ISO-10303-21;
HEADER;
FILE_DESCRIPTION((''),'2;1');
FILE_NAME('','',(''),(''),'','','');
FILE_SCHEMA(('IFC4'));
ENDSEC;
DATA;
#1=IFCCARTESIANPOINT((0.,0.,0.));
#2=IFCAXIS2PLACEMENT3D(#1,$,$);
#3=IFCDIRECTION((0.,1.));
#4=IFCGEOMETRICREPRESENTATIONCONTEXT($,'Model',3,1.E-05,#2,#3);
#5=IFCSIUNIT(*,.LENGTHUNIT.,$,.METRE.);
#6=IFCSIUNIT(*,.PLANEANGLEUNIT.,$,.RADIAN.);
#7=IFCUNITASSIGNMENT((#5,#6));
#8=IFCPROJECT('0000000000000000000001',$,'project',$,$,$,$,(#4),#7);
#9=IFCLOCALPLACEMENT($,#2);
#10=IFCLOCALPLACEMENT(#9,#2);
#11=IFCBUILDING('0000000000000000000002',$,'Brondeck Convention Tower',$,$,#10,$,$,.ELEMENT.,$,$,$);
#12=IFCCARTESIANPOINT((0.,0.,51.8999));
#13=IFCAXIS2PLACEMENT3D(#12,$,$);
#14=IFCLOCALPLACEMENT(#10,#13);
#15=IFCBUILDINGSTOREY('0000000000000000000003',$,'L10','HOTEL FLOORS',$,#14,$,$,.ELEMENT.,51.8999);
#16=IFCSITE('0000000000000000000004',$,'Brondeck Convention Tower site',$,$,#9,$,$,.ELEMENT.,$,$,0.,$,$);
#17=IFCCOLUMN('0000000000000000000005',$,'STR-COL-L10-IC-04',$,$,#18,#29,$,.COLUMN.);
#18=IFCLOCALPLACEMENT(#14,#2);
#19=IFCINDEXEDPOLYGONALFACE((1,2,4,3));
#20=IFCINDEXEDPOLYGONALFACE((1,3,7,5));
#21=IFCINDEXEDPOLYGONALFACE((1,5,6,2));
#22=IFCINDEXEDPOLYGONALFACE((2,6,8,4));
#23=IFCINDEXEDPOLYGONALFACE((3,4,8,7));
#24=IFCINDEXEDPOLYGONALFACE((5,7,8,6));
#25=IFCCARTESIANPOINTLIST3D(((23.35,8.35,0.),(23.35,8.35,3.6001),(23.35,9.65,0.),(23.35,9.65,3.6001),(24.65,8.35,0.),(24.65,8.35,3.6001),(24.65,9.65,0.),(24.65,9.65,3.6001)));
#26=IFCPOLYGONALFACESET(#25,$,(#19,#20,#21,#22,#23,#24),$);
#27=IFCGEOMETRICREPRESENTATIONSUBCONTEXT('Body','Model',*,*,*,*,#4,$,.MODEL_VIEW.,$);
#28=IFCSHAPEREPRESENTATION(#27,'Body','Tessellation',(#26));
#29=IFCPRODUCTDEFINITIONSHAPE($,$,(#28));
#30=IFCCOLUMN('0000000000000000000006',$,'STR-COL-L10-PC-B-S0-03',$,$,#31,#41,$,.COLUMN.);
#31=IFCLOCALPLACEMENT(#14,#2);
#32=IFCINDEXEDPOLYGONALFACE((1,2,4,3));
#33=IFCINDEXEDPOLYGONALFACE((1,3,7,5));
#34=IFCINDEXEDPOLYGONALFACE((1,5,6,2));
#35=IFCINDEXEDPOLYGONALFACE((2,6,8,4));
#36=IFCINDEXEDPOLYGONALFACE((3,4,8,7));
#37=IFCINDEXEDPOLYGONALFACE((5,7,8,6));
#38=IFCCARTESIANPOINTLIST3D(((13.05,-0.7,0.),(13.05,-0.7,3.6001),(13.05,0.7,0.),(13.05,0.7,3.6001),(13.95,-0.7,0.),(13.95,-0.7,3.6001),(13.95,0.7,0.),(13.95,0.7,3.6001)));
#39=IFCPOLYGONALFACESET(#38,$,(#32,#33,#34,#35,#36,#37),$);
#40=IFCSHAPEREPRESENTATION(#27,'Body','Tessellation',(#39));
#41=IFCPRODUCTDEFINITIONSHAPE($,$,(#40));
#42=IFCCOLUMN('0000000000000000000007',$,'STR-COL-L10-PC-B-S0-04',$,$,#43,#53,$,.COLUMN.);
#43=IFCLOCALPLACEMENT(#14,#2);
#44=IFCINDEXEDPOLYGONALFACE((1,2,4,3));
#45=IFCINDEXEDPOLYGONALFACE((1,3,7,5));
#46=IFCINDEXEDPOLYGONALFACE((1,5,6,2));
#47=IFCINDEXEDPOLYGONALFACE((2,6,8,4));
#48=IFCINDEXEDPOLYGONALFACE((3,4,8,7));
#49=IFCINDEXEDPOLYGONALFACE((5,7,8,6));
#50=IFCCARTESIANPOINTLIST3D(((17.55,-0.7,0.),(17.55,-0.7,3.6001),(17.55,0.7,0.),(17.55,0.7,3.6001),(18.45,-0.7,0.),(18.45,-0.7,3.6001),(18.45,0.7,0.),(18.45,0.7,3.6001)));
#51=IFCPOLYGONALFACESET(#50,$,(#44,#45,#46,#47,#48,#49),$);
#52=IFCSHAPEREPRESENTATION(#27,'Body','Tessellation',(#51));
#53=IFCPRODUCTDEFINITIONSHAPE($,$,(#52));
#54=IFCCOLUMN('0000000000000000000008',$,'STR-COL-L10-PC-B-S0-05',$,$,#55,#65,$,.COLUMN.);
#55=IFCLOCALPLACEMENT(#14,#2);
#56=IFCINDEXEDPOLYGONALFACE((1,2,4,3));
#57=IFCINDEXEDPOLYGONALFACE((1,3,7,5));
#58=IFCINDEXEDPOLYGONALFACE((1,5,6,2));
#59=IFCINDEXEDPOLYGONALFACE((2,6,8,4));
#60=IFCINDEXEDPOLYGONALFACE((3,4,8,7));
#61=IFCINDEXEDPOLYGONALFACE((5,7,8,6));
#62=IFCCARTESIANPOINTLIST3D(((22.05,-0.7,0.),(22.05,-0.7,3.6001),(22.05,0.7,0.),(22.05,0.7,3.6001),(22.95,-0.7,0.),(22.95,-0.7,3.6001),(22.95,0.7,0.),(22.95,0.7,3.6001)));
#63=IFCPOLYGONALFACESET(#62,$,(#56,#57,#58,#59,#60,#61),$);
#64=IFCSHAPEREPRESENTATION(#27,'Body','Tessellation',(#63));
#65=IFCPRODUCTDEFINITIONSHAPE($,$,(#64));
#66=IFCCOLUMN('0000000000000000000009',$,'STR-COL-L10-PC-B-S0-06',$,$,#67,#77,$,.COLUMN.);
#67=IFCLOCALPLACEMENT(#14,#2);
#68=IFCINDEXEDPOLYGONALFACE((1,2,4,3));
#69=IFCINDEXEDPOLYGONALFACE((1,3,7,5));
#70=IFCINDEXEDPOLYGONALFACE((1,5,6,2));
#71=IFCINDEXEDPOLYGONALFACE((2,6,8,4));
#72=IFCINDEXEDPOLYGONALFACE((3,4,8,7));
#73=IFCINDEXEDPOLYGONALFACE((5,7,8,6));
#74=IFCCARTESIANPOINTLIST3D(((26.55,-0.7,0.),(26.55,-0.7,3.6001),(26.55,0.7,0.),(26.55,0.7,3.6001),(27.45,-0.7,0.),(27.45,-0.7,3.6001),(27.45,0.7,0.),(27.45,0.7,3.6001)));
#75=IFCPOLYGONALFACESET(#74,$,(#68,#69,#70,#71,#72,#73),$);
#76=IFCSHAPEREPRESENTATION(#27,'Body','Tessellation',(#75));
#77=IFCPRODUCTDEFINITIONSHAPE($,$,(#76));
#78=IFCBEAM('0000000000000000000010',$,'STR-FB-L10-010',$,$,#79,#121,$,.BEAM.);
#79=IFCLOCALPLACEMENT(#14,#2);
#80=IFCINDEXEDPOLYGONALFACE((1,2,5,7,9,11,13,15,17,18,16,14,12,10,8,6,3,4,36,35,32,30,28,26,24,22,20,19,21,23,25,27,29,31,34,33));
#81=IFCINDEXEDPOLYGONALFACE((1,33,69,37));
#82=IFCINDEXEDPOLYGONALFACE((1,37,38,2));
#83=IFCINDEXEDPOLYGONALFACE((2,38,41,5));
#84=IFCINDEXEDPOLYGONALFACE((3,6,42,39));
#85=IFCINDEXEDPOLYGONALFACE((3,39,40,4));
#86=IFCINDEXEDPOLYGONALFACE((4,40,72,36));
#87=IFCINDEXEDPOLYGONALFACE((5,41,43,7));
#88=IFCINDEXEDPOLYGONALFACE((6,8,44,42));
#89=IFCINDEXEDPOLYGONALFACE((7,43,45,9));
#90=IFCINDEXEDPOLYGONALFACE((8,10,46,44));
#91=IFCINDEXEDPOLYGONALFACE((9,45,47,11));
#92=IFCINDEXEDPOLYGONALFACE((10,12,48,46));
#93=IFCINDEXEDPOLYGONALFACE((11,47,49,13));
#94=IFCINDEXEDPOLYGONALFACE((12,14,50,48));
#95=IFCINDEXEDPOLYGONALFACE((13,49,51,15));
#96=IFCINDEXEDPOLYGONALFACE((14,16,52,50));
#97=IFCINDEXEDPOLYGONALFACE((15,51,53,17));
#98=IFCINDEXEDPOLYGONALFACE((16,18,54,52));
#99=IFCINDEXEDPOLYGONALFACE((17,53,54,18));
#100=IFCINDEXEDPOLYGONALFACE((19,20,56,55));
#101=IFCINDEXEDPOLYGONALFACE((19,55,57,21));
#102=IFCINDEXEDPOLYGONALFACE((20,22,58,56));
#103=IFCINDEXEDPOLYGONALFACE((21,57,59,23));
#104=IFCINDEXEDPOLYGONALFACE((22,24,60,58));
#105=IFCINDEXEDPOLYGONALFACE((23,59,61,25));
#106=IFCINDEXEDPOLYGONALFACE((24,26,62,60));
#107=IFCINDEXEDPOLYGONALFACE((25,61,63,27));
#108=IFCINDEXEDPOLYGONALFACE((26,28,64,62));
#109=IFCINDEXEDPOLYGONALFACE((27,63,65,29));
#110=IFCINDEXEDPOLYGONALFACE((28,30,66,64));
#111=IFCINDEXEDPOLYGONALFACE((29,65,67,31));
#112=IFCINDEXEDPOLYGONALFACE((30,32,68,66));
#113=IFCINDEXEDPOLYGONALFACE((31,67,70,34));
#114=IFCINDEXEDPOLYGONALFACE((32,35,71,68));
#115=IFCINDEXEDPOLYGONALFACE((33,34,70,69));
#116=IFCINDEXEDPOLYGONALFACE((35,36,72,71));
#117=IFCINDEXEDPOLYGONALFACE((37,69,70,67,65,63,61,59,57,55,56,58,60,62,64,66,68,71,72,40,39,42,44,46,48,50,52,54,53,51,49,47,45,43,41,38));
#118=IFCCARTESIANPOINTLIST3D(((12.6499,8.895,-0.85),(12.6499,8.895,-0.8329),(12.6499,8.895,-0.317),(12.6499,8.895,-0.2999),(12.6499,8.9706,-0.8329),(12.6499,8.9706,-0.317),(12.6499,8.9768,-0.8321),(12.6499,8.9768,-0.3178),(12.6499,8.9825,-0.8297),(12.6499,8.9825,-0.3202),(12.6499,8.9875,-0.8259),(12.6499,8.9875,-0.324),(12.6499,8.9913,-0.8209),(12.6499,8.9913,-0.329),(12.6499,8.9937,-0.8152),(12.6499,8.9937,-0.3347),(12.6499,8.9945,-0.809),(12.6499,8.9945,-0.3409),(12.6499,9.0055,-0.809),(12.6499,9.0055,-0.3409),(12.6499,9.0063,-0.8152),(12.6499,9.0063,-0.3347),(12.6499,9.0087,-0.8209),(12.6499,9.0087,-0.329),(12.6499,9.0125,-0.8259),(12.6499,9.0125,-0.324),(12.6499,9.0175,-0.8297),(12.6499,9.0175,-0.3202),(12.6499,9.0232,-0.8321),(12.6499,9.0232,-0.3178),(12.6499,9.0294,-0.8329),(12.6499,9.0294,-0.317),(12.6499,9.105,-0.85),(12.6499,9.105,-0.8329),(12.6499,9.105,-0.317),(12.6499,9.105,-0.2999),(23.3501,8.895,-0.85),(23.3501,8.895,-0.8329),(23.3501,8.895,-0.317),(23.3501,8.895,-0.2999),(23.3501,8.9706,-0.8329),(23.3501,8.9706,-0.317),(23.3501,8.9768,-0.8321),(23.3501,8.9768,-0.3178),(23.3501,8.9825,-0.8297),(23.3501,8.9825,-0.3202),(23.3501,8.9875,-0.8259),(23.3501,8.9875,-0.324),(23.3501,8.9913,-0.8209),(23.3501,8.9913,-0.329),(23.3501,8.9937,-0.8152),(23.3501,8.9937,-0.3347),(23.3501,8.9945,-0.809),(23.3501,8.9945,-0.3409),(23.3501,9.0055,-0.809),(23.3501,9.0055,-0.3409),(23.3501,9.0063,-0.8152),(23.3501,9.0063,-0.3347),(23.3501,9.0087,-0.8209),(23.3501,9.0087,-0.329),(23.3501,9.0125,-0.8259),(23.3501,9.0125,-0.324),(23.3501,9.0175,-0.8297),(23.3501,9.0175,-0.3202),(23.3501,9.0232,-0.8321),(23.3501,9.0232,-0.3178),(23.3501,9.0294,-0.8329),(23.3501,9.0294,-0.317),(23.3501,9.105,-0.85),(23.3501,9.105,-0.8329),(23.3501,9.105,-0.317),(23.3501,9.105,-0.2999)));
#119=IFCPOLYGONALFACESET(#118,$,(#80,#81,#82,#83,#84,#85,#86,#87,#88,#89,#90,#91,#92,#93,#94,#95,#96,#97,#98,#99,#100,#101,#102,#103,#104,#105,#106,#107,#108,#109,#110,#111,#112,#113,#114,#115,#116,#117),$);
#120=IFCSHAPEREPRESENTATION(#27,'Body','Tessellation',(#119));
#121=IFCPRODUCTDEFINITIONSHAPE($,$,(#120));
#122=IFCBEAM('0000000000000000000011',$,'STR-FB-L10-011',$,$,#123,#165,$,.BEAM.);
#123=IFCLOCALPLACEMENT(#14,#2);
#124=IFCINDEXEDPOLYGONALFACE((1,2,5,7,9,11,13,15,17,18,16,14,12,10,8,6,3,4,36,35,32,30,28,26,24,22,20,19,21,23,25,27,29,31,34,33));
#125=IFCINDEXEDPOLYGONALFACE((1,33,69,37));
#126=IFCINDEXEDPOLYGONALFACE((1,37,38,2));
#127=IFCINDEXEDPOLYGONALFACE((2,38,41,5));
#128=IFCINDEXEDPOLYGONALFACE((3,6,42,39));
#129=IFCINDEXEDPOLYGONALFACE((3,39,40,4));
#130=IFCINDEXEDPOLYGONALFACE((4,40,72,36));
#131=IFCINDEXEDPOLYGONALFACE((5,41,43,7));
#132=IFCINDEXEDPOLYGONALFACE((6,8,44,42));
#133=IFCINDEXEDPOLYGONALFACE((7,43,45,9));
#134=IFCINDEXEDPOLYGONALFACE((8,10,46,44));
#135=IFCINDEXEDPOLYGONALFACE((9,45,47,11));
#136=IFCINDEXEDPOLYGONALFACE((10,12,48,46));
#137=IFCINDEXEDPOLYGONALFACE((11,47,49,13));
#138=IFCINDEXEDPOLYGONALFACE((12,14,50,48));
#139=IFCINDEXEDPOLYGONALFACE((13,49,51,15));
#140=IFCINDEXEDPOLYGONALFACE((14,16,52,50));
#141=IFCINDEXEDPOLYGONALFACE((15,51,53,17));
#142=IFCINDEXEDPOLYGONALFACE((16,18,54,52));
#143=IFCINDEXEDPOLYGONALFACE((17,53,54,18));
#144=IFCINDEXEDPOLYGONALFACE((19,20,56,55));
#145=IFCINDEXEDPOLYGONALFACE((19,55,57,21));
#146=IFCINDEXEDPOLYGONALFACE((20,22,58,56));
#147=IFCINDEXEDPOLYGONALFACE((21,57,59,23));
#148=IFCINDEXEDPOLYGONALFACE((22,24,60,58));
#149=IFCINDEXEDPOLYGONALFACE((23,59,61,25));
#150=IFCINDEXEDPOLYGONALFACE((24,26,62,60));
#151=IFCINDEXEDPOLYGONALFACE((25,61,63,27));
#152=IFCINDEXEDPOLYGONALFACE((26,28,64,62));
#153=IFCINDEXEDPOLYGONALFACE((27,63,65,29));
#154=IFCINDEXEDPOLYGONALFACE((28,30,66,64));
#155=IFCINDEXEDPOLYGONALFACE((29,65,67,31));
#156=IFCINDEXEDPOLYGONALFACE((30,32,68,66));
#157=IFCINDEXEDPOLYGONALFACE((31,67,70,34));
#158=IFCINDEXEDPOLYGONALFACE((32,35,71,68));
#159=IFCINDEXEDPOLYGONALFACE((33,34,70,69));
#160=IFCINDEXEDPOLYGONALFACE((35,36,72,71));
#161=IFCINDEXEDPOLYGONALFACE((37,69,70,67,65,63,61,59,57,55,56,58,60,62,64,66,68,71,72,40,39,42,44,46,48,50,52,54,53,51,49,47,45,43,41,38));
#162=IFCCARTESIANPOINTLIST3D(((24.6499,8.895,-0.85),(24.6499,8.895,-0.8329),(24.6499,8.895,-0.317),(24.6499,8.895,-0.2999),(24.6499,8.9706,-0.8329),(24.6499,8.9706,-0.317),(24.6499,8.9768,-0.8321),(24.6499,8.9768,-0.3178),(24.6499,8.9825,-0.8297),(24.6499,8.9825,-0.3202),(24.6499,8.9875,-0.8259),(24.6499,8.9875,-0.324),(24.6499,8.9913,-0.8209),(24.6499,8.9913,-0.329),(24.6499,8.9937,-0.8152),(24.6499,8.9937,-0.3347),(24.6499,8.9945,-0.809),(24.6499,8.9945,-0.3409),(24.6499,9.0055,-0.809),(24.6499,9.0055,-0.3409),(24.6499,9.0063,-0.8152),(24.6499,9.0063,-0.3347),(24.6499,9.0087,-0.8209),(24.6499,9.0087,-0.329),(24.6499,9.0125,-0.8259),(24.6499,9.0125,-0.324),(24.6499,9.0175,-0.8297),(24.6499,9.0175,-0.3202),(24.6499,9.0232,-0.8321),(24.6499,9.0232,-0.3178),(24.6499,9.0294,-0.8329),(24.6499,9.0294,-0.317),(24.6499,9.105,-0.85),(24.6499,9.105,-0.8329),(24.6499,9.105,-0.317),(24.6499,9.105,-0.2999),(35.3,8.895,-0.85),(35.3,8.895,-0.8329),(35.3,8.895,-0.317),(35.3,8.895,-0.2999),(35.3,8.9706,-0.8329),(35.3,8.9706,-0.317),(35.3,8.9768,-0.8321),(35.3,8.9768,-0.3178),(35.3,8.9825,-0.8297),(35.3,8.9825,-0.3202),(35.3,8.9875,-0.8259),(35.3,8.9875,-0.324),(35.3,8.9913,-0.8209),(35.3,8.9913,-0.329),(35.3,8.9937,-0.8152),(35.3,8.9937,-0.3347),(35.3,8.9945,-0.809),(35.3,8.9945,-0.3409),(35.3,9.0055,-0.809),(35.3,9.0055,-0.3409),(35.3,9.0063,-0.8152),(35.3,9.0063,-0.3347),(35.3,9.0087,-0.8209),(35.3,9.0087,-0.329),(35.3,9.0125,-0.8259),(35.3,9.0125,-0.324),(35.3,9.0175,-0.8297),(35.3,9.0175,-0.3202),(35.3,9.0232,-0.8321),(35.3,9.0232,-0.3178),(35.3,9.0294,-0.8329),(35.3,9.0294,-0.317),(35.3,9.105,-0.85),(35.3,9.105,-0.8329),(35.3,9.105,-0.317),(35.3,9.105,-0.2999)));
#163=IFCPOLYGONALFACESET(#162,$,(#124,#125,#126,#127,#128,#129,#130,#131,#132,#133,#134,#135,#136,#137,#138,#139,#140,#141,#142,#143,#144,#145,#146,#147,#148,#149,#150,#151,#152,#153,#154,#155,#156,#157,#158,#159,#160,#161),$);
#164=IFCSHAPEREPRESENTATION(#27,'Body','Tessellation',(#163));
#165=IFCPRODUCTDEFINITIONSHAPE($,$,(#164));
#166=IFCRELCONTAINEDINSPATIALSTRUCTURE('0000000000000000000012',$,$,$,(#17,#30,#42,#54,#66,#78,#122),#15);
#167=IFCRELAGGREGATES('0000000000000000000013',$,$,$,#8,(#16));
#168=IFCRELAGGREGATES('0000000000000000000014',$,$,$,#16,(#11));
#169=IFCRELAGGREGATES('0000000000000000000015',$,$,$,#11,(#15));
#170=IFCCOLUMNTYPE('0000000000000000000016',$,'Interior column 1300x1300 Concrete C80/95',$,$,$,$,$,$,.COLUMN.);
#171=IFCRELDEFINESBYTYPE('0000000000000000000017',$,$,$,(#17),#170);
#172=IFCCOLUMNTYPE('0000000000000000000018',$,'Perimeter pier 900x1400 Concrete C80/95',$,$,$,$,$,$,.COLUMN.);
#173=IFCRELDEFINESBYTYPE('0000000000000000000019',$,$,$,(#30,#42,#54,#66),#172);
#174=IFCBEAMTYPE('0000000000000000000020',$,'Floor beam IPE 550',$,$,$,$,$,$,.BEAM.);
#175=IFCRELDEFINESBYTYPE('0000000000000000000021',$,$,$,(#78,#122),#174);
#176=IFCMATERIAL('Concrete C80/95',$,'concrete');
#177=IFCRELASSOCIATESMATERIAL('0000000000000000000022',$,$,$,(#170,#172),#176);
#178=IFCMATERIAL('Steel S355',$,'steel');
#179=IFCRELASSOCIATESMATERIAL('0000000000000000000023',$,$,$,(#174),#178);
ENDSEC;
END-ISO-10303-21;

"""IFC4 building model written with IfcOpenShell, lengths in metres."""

from ifc_helpers import new_model, si_unit, direction, frame, origin, origin_2d, place, context, subcontext, project, spatial, rectangle, i_section, extrude, material, material_profile, profile_set, type_object, element, save


model = new_model("IFC4")

# Units and contexts
model_context = context("Model", 3, precision=1e-05, world=origin(), true_north=direction((0.0, 1.0)))
body_context = subcontext(model_context, "Body", "Model", "MODEL_VIEW")
ifc_project = project(units=[si_unit("LENGTHUNIT", "METRE"), si_unit("PLANEANGLEUNIT", "RADIAN")], contexts=[model_context])

# Site, building, storey
site_placement = place(None, origin())
site = spatial("IfcSite", under=ifc_project, at=site_placement, Name="Brondeck Convention Tower site", CompositionType="ELEMENT", RefElevation=0.0)
building_placement = place(site_placement, origin())
building = spatial("IfcBuilding", under=site, at=building_placement, Name="Brondeck Convention Tower", CompositionType="ELEMENT")
storey_placement = place(building_placement, frame((0.0, 0.0, 51.8999)))
storey = spatial("IfcBuildingStorey", under=building, at=storey_placement, Name="L10", Description="HOTEL FLOORS", CompositionType="ELEMENT", Elevation=51.8999)

# Columns
ifc_material_1 = material(Name="Concrete C80/95", Category="concrete")
ifc_material_profile_1 = material_profile(ifc_material_1, rectangle(XDim=1.3, YDim=1.3, at=origin_2d()), Name="Interior column 1300x1300 Concrete C80/95")
ifc_profile_set_1 = profile_set([ifc_material_profile_1], Name="Concrete C80/95")
column_type_1 = type_object("IfcColumnType", Name="Interior column 1300x1300 Concrete C80/95", PredefinedType="COLUMN", material=ifc_profile_set_1)
column_placement = place(storey_placement, frame((24.0, 9.0, 0.0), z_axis=(0.0, 0.0, 1.0), x_axis=(1.0, 0.0, 0.0)))
element("IfcColumn", 1, at=column_placement, inside=storey, type_object=column_type_1, Name="STR-COL-L10-IC-04", PredefinedType="COLUMN", context=body_context, shape_type="SweptSolid", body=[
    extrude(rectangle(XDim=1.3, YDim=1.3, at=origin_2d()), origin(), (0.0, 0.0, 1.0), 3.6001),
])
ifc_material_profile_2 = material_profile(ifc_material_1, rectangle(XDim=0.8999, YDim=1.3999, at=origin_2d()), Name="Perimeter pier 900x1400 Concrete C80/95")
ifc_profile_set_2 = profile_set([ifc_material_profile_2], Name="Concrete C80/95")
column_type_2 = type_object("IfcColumnType", Name="Perimeter pier 900x1400 Concrete C80/95", PredefinedType="COLUMN", material=ifc_profile_set_2)
for number, where, z_axis, x_axis, name in (
    (2, (13.5, 0.0, 0.0), (0.0, 0.0, 1.0), (1.0, 0.0, 0.0), "STR-COL-L10-PC-B-S0-03"),
    (3, (18.0, 0.0, 0.0), (0.0, 0.0, 1.0), (1.0, 0.0, 0.0), "STR-COL-L10-PC-B-S0-04"),
    (4, (22.5, 0.0, 0.0), (0.0, 0.0, 1.0), (1.0, 0.0, 0.0), "STR-COL-L10-PC-B-S0-05"),
    (5, (27.0, 0.0, 0.0), (0.0, 0.0, 1.0), (1.0, 0.0, 0.0), "STR-COL-L10-PC-B-S0-06"),
):
    element("IfcColumn", number, at=place(storey_placement, frame(where, z_axis=z_axis, x_axis=x_axis)), inside=storey, type_object=column_type_2, Name=name, PredefinedType="COLUMN", context=body_context, shape_type="SweptSolid", body=[
        extrude(rectangle(XDim=0.8999, YDim=1.3999, at=origin_2d()), origin(), (0.0, 0.0, 1.0), 3.6001),
    ])

# Beams
ifc_material_2 = material(Name="Steel S355", Category="steel")
ifc_material_profile_3 = material_profile(ifc_material_2, i_section(OverallWidth=0.21, OverallDepth=0.55, WebThickness=0.011, FlangeThickness=0.0171, FilletRadius=0.0239, at=origin_2d()), Name="IPE 550")
ifc_profile_set_3 = profile_set([ifc_material_profile_3], Name="Steel S355")
beam_type_1 = type_object("IfcBeamType", Name="Floor beam IPE 550", PredefinedType="BEAM", material=ifc_profile_set_3)
beam_1_placement = place(storey_placement, frame((12.6499, 9.0, -0.575), z_axis=(1.0, 0.0, 0.0), x_axis=(0.0, 1.0, 0.0)))
element("IfcBeam", 6, at=beam_1_placement, inside=storey, type_object=beam_type_1, Name="STR-FB-L10-010", PredefinedType="BEAM", context=body_context, shape_type="SweptSolid", body=[
    extrude(i_section(OverallWidth=0.21, OverallDepth=0.55, WebThickness=0.011, FlangeThickness=0.0171, FilletRadius=0.0239, at=origin_2d()), origin(), (0.0, 0.0, 1.0), 10.7002),
])
beam_2_placement = place(storey_placement, frame((24.6499, 9.0, -0.575), z_axis=(1.0, 0.0, 0.0), x_axis=(0.0, 1.0, 0.0)))
element("IfcBeam", 7, at=beam_2_placement, inside=storey, type_object=beam_type_1, Name="STR-FB-L10-011", PredefinedType="BEAM", context=body_context, shape_type="SweptSolid", body=[
    extrude(i_section(OverallWidth=0.21, OverallDepth=0.55, WebThickness=0.011, FlangeThickness=0.0171, FilletRadius=0.0239, at=origin_2d()), origin(), (0.0, 0.0, 1.0), 10.6501),
])

save(model, "model.ifc")
